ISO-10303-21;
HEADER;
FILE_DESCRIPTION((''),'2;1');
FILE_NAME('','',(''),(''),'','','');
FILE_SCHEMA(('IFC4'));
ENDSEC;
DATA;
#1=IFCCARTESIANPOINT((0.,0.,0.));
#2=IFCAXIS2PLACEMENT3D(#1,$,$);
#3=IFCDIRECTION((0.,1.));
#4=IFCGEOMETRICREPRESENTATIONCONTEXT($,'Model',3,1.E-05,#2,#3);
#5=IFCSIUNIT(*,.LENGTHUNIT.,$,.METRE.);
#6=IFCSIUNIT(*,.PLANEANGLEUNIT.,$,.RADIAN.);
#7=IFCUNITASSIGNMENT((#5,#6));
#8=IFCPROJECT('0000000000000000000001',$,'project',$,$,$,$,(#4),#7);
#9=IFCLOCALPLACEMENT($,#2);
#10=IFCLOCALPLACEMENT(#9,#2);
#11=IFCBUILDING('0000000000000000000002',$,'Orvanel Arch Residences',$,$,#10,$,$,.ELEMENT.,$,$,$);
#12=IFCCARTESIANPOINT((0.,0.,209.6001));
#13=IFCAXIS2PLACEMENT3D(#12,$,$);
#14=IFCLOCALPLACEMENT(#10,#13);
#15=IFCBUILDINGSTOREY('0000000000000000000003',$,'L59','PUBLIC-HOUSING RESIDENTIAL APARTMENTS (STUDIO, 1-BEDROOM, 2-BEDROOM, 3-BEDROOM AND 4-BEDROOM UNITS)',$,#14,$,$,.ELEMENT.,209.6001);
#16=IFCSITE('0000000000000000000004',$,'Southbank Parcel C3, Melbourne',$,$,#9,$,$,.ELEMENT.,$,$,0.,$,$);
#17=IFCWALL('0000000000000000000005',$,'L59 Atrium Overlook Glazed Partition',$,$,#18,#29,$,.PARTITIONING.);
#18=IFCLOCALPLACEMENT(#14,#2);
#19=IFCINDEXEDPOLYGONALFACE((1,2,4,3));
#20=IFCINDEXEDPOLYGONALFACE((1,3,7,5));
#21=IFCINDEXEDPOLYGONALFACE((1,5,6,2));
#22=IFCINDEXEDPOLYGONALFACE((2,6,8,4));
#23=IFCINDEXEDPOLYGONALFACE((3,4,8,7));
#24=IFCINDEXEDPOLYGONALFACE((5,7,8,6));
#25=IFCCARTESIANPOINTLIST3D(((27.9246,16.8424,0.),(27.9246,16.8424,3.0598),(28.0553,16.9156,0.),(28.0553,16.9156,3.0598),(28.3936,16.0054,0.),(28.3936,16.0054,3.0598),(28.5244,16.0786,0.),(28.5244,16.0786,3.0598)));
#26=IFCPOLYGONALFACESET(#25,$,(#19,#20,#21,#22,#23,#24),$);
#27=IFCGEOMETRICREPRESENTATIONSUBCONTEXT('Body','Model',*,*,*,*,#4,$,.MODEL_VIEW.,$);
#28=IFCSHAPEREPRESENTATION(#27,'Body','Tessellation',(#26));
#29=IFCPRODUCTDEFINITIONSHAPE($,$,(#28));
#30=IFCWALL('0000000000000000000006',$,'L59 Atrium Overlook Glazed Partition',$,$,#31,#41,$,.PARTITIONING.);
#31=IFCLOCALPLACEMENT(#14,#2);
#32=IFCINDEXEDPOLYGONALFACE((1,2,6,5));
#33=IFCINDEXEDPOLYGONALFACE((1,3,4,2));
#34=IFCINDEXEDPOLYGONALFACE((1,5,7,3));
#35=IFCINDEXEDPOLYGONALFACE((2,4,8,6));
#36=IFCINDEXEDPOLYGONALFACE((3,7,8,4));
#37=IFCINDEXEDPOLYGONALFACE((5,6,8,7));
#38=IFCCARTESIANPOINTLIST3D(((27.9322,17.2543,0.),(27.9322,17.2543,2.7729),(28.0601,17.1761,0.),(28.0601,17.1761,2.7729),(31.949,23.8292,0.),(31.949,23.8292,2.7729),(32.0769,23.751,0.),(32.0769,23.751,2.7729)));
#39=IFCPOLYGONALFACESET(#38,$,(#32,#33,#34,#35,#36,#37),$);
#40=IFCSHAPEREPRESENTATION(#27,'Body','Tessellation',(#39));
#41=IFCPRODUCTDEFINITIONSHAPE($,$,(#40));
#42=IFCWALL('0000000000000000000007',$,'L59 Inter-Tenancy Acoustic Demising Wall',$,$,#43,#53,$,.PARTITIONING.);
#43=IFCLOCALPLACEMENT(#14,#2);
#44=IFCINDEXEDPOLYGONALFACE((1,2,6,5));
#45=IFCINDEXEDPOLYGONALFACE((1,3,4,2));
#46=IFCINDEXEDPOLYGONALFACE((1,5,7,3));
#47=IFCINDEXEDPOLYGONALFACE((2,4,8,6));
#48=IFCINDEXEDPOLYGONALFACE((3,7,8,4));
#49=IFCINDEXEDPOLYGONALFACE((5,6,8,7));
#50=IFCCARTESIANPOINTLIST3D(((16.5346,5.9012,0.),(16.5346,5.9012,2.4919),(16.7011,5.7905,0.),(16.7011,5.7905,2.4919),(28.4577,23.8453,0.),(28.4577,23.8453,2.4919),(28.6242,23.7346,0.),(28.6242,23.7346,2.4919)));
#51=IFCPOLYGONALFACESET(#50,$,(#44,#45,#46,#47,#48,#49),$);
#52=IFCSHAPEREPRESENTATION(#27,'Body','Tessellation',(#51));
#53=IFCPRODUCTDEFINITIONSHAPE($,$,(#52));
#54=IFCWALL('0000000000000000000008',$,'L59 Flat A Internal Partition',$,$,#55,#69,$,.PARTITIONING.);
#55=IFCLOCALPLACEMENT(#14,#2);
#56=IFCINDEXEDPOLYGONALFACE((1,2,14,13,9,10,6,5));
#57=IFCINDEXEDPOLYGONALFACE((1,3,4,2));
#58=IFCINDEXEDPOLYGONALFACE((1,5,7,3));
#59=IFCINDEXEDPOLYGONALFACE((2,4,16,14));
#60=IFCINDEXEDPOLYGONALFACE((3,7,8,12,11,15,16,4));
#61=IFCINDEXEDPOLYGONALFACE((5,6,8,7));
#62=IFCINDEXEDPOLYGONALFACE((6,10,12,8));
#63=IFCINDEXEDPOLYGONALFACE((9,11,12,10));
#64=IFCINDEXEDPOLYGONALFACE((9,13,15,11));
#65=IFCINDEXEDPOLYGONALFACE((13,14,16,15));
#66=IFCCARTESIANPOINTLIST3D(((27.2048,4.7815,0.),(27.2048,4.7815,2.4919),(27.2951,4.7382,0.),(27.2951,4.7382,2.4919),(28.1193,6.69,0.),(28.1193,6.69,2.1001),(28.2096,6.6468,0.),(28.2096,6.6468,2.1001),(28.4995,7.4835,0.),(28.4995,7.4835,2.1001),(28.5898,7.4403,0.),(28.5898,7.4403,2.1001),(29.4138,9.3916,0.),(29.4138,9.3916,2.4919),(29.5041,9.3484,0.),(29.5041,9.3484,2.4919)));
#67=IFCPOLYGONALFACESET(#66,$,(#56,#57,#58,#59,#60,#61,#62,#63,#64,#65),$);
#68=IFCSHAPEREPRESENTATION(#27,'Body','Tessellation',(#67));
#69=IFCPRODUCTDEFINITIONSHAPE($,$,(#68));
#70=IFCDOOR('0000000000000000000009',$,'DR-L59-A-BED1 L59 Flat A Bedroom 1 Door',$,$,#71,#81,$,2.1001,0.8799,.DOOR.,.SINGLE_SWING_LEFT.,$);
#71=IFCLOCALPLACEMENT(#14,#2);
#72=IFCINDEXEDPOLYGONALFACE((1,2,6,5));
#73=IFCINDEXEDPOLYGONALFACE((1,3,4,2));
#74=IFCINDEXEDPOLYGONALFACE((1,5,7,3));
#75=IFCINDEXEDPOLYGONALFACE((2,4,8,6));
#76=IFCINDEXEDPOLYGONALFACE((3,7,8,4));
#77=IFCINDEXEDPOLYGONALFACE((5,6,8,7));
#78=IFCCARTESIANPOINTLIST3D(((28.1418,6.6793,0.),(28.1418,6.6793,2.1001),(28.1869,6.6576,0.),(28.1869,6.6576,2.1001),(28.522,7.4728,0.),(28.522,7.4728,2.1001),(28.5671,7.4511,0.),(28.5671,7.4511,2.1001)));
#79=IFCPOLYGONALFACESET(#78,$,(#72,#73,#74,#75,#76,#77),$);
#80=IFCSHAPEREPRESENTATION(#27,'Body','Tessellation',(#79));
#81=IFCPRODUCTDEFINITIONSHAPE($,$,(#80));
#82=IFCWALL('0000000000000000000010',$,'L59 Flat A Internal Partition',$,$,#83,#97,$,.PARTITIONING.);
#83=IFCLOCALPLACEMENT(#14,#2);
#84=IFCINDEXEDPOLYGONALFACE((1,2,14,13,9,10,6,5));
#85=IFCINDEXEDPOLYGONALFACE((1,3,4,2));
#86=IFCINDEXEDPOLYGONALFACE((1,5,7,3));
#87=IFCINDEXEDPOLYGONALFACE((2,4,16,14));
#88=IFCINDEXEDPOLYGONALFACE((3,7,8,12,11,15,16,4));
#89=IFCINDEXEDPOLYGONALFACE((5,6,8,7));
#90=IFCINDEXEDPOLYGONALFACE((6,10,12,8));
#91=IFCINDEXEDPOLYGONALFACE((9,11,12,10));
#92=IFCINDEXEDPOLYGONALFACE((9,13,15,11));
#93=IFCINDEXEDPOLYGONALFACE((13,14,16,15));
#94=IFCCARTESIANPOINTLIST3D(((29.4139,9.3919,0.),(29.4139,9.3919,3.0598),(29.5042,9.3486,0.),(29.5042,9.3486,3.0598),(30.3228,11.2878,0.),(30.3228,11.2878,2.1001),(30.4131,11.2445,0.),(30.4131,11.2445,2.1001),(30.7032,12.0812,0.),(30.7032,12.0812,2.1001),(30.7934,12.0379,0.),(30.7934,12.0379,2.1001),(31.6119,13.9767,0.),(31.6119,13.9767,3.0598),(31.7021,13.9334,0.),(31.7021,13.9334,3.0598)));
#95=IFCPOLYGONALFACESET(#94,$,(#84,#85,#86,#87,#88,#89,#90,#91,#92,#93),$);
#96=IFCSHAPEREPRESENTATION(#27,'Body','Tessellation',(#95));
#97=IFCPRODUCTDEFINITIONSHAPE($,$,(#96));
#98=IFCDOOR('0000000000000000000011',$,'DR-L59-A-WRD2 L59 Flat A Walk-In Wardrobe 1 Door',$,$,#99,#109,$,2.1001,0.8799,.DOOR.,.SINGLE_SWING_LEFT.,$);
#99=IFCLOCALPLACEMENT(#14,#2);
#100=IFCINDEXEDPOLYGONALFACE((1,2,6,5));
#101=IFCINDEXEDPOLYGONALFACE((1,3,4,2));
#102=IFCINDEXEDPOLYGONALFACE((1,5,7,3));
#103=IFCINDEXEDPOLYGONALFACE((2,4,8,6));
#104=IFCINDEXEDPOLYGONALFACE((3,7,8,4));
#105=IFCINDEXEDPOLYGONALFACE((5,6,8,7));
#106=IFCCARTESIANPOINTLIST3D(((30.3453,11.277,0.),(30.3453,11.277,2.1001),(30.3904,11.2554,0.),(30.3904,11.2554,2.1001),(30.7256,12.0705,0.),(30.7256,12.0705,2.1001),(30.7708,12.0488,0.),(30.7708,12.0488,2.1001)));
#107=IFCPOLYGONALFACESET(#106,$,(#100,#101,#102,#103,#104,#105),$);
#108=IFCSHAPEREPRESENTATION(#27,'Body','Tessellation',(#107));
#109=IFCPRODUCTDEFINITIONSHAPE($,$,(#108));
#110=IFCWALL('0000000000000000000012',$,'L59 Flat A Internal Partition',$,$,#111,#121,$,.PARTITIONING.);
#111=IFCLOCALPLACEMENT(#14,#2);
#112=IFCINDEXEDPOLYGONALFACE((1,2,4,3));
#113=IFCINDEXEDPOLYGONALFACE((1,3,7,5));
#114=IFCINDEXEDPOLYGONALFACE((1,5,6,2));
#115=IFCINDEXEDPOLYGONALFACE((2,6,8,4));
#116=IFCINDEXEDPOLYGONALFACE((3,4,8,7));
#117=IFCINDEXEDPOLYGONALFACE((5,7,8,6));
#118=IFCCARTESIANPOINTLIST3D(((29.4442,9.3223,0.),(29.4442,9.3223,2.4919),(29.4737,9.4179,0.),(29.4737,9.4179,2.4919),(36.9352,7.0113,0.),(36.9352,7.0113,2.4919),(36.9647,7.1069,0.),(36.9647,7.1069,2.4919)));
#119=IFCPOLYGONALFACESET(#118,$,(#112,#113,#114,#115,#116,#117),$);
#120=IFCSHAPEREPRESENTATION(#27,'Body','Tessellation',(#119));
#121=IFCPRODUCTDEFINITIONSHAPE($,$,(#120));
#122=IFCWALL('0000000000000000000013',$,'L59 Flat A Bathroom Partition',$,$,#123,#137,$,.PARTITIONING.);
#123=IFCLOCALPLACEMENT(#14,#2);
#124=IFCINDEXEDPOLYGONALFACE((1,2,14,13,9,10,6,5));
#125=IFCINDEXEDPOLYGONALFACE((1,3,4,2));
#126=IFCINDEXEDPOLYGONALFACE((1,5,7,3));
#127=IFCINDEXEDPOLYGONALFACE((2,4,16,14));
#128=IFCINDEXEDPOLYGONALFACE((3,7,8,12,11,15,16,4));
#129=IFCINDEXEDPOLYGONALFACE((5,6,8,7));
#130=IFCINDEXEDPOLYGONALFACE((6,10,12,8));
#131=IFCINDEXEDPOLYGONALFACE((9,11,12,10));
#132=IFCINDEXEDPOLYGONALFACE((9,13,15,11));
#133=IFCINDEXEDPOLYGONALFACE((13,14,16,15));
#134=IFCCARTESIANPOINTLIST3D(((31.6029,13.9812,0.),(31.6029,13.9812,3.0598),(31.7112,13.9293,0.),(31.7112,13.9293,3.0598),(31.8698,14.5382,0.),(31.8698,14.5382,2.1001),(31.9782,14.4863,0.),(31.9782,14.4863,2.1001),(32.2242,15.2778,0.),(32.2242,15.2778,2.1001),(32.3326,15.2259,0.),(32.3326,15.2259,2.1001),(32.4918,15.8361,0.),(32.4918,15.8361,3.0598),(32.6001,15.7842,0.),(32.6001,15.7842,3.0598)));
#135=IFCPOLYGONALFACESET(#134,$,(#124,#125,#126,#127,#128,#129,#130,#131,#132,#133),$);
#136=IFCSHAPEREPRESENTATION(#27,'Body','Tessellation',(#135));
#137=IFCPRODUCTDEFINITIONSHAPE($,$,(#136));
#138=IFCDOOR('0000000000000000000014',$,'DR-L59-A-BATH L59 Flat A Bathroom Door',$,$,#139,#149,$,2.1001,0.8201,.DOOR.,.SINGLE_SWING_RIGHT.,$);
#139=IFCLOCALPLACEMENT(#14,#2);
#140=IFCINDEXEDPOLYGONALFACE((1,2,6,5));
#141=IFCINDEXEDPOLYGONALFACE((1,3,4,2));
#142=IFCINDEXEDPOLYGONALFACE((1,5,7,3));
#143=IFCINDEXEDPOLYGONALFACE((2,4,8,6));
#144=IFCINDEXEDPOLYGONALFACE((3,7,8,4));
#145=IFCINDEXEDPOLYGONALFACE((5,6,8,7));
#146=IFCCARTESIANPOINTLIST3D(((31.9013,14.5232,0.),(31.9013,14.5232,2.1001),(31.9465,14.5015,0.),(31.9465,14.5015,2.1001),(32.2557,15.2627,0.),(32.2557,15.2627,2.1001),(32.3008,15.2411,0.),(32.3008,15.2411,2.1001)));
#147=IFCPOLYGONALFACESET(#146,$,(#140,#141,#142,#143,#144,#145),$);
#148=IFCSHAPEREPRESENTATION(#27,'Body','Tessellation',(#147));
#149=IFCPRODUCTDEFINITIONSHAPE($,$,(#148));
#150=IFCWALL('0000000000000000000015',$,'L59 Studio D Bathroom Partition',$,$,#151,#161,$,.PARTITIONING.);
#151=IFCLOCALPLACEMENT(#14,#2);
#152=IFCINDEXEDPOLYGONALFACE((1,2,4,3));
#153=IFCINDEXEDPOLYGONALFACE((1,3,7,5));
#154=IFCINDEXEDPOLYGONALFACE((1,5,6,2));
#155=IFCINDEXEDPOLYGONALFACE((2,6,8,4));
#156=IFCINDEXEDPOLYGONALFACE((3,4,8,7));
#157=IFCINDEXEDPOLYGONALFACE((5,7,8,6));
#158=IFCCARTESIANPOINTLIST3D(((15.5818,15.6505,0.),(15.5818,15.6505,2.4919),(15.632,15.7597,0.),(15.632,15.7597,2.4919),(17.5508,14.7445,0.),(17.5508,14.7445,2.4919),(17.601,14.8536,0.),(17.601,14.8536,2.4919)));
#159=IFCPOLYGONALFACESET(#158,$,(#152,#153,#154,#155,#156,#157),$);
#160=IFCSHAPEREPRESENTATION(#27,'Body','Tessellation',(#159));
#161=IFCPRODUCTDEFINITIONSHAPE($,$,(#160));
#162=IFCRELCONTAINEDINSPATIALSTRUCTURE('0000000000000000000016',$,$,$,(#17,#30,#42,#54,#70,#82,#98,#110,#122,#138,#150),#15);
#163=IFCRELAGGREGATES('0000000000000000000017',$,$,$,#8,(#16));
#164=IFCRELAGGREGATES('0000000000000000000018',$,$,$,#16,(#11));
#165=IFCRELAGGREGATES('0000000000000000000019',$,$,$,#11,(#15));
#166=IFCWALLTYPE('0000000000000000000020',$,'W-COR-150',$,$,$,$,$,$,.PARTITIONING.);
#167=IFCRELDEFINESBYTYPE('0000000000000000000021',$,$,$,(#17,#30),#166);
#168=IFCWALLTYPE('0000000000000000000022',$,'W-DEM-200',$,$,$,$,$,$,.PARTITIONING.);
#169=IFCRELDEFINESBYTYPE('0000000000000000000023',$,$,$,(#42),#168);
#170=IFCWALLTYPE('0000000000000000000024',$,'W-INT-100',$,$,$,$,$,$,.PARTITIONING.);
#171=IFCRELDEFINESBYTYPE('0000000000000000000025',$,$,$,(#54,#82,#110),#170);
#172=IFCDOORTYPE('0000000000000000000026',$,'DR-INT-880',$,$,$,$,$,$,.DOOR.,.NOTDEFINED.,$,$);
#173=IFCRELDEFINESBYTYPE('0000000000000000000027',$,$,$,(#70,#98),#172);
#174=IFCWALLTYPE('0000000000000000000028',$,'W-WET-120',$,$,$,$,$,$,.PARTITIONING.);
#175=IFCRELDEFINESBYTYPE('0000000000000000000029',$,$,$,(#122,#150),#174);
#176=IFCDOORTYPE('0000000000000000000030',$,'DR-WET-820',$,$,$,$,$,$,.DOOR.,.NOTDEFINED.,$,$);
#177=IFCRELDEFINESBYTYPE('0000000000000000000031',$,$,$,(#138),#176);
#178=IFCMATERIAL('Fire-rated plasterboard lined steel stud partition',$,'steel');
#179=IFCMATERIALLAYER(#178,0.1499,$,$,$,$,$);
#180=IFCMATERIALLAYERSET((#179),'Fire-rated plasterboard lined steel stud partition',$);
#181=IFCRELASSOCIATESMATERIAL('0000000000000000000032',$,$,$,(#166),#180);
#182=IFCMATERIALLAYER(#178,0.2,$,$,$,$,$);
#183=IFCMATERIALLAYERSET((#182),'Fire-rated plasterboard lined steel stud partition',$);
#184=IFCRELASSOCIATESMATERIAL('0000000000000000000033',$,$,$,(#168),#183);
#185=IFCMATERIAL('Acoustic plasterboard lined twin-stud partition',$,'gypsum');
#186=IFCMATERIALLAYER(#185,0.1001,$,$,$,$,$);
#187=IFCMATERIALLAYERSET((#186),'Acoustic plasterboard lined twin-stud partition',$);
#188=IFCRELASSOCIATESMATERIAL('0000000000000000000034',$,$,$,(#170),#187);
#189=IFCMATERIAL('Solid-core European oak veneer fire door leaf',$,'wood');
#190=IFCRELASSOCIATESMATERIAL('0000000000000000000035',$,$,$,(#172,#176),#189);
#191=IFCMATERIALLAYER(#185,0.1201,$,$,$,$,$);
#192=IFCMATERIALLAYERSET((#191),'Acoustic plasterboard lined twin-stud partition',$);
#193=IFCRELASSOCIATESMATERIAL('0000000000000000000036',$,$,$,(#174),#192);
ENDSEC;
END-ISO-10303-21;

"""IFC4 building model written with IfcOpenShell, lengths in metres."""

from ifc_helpers import new_model, si_unit, direction, frame, frame_2d, origin, place, context, subcontext, project, spatial, rectangle, extrude, material, layer, layer_set, type_object, element, fill, save


model = new_model("IFC4")

# Units and contexts
model_context = context("Model", 3, precision=1e-05, world=origin(), true_north=direction((0.0, 1.0)))
body_context = subcontext(model_context, "Body", "Model", "MODEL_VIEW")
ifc_project = project(units=[si_unit("LENGTHUNIT", "METRE"), si_unit("PLANEANGLEUNIT", "RADIAN")], contexts=[model_context])

# Site, building, storey
site_placement = place(None, origin())
site = spatial("IfcSite", under=ifc_project, at=site_placement, Name="Southbank Parcel C3, Melbourne", CompositionType="ELEMENT", RefElevation=0.0)
building_placement = place(site_placement, origin())
building = spatial("IfcBuilding", under=site, at=building_placement, Name="Orvanel Arch Residences", CompositionType="ELEMENT")
storey_placement = place(building_placement, frame((0.0, 0.0, 209.6001)))
storey = spatial("IfcBuildingStorey", under=building, at=storey_placement, Name="L59", Description="PUBLIC-HOUSING RESIDENTIAL APARTMENTS (STUDIO, 1-BEDROOM, 2-BEDROOM, 3-BEDROOM AND 4-BEDROOM UNITS)", CompositionType="ELEMENT", Elevation=209.6001)

# Walls
ifc_material_1 = material(Name="Fire-rated plasterboard lined steel stud partition", Category="steel")
ifc_layer_1 = layer(ifc_material_1, 0.1499)
ifc_layer_set_1 = layer_set([ifc_layer_1], Name="Fire-rated plasterboard lined steel stud partition")
wall_type_1 = type_object("IfcWallType", Name="W-COR-150", PredefinedType="PARTITIONING", material=ifc_layer_set_1)
wall_1_placement = place(storey_placement, frame((28.459, 16.042, 0.0), z_axis=(0.0, 0.0, 1.0), x_axis=(-0.488859, 0.872363, 0.0)))
element("IfcWall", 1, at=wall_1_placement, inside=storey, type_object=wall_type_1, Name="L59 Atrium Overlook Glazed Partition", PredefinedType="PARTITIONING", context=body_context, shape_type="SweptSolid", body=[
    extrude(rectangle(XDim=0.9595, YDim=0.1499, at=frame_2d((0.4797, 0.0))), origin(), (0.0, 0.0, 1.0), 3.0598),
])
wall_2_placement = place(storey_placement, frame((27.9961, 17.2151, 0.0), z_axis=(0.0, 0.0, 1.0), x_axis=(0.521338, 0.85335, 0.0)))
element("IfcWall", 2, at=wall_2_placement, inside=storey, type_object=wall_type_1, Name="L59 Atrium Overlook Glazed Partition", PredefinedType="PARTITIONING", context=body_context, shape_type="SweptSolid", body=[
    extrude(rectangle(XDim=7.7048, YDim=0.1499, at=frame_2d((3.8525, 0.0))), origin(), (0.0, 0.0, 1.0), 2.7729),
])
ifc_layer_2 = layer(ifc_material_1, 0.2)
ifc_layer_set_2 = layer_set([ifc_layer_2], Name="Fire-rated plasterboard lined steel stud partition")
wall_type_2 = type_object("IfcWallType", Name="W-DEM-200", PredefinedType="PARTITIONING", material=ifc_layer_set_2)
wall_3_placement = place(storey_placement, frame((16.6179, 5.8459, 0.0), z_axis=(0.0, 0.0, 1.0), x_axis=(0.553426, 0.832898, 0.0)))
element("IfcWall", 3, at=wall_3_placement, inside=storey, type_object=wall_type_2, Name="L59 Inter-Tenancy Acoustic Demising Wall", PredefinedType="PARTITIONING", context=body_context, shape_type="SweptSolid", body=[
    extrude(rectangle(XDim=21.5442, YDim=0.2, at=frame_2d((10.772, 0.0))), origin(), (0.0, 0.0, 1.0), 2.4919),
])

# Walls, openings, doors
ifc_material_2 = material(Name="Acoustic plasterboard lined twin-stud partition", Category="gypsum")
ifc_layer_3 = layer(ifc_material_2, 0.1001)
ifc_layer_set_3 = layer_set([ifc_layer_3], Name="Acoustic plasterboard lined twin-stud partition")
wall_type_3 = type_object("IfcWallType", Name="W-INT-100", PredefinedType="PARTITIONING", material=ifc_layer_set_3)
wall_4_placement = place(storey_placement, frame((29.459, 9.3701, 0.0), z_axis=(0.0, 0.0, 1.0), x_axis=(-0.432116, -0.901818, 0.0)))
wall_4 = element("IfcWall", 4, at=wall_4_placement, inside=storey, type_object=wall_type_3, Name="L59 Flat A Internal Partition", PredefinedType="PARTITIONING", context=body_context, shape_type="SweptSolid", body=[
    extrude(rectangle(XDim=5.1121, YDim=0.1001, at=frame_2d((2.5562, 0.0))), origin(), (0.0, 0.0, 1.0), 2.4919),
])
opening_1_placement = place(wall_4_placement, frame((2.116, 0.0, 0.0)))
opening_1 = element("IfcOpeningElement", 5, at=opening_1_placement, cuts=wall_4, PredefinedType="OPENING", context=body_context, shape_type="SweptSolid", body=[
    extrude(rectangle(XDim=0.8799, YDim=2.1001, at=frame_2d((0.4399, 1.05))), frame((0.0, 0.0601, 0.0), z_axis=(0.0, -1.0, 0.0), x_axis=(1.0, 0.0, 0.0)), (0.0, 0.0, 1.0), 0.1201),
])
ifc_material_3 = material(Name="Solid-core European oak veneer fire door leaf", Category="wood")
door_type_1 = type_object("IfcDoorType", Name="DR-INT-880", OperationType="NOTDEFINED", PredefinedType="DOOR", material=ifc_material_3)
door_1_placement = place(opening_1_placement, origin())
door_1 = element("IfcDoor", 6, at=door_1_placement, inside=storey, type_object=door_type_1, Name="DR-L59-A-BED1 L59 Flat A Bedroom 1 Door", OperationType="SINGLE_SWING_LEFT", OverallHeight=2.1001, OverallWidth=0.8799, PredefinedType="DOOR", context=body_context, shape_type="SweptSolid", body=[
    extrude(rectangle(XDim=0.8799, YDim=2.1001, at=frame_2d((0.4399, 1.05))), frame((0.0, 0.0249, 0.0), z_axis=(0.0, -1.0, 0.0), x_axis=(1.0, 0.0, 0.0)), (0.0, 0.0, 1.0), 0.05),
])
fill(opening_1, door_1)
wall_5_placement = place(storey_placement, frame((31.657, 13.9551, 0.0), z_axis=(0.0, 0.0, 1.0), x_axis=(-0.432286, -0.901736, 0.0)))
wall_5 = element("IfcWall", 7, at=wall_5_placement, inside=storey, type_object=wall_type_3, Name="L59 Flat A Internal Partition", PredefinedType="PARTITIONING", context=body_context, shape_type="SweptSolid", body=[
    extrude(rectangle(XDim=5.0845, YDim=0.1001, at=frame_2d((2.5422, 0.0))), origin(), (0.0, 0.0, 1.0), 3.0598),
])
opening_2_placement = place(wall_5_placement, frame((2.1021, 0.0, 0.0)))
opening_2 = element("IfcOpeningElement", 8, at=opening_2_placement, cuts=wall_5, PredefinedType="OPENING", context=body_context, shape_type="SweptSolid", body=[
    extrude(rectangle(XDim=0.8799, YDim=2.1001, at=frame_2d((0.4399, 1.05))), frame((0.0, 0.0601, 0.0), z_axis=(0.0, -1.0, 0.0), x_axis=(1.0, 0.0, 0.0)), (0.0, 0.0, 1.0), 0.1201),
])
door_2_placement = place(opening_2_placement, origin())
door_2 = element("IfcDoor", 9, at=door_2_placement, inside=storey, type_object=door_type_1, Name="DR-L59-A-WRD2 L59 Flat A Walk-In Wardrobe 1 Door", OperationType="SINGLE_SWING_LEFT", OverallHeight=2.1001, OverallWidth=0.8799, PredefinedType="DOOR", context=body_context, shape_type="SweptSolid", body=[
    extrude(rectangle(XDim=0.8799, YDim=2.1001, at=frame_2d((0.4399, 1.05))), frame((0.0, 0.0249, 0.0), z_axis=(0.0, -1.0, 0.0), x_axis=(1.0, 0.0, 0.0)), (0.0, 0.0, 1.0), 0.05),
])
fill(opening_2, door_2)

# Wall
wall_6_placement = place(storey_placement, frame((29.459, 9.3701, 0.0), z_axis=(0.0, 0.0, 1.0), x_axis=(0.955559, -0.294799, 0.0)))
element("IfcWall", 10, at=wall_6_placement, inside=storey, type_object=wall_type_3, Name="L59 Flat A Internal Partition", PredefinedType="PARTITIONING", context=body_context, shape_type="SweptSolid", body=[
    extrude(rectangle(XDim=7.8394, YDim=0.1001, at=frame_2d((3.9197, 0.0))), origin(), (0.0, 0.0, 1.0), 2.4919),
])

# Wall, opening, door
ifc_layer_4 = layer(ifc_material_2, 0.1201)
ifc_layer_set_4 = layer_set([ifc_layer_4], Name="Acoustic plasterboard lined twin-stud partition")
wall_type_4 = type_object("IfcWallType", Name="W-WET-120", PredefinedType="PARTITIONING", material=ifc_layer_set_4)
wall_7_placement = place(storey_placement, frame((32.5459, 15.8101, 0.0), z_axis=(0.0, 0.0, 1.0), x_axis=(-0.432148, -0.901803, 0.0)))
wall_7 = element("IfcWall", 11, at=wall_7_placement, inside=storey, type_object=wall_type_4, Name="L59 Flat A Bathroom Partition", PredefinedType="PARTITIONING", context=body_context, shape_type="SweptSolid", body=[
    extrude(rectangle(XDim=2.0569, YDim=0.1201, at=frame_2d((1.0283, 0.0))), origin(), (0.0, 0.0, 1.0), 3.0598),
])
opening_3_placement = place(wall_7_placement, frame((0.6189, 0.0, 0.0)))
opening_3 = element("IfcOpeningElement", 12, at=opening_3_placement, cuts=wall_7, PredefinedType="OPENING", context=body_context, shape_type="SweptSolid", body=[
    extrude(rectangle(XDim=0.8201, YDim=2.1001, at=frame_2d((0.4102, 1.05))), frame((0.0, 0.0701, 0.0), z_axis=(0.0, -1.0, 0.0), x_axis=(1.0, 0.0, 0.0)), (0.0, 0.0, 1.0), 0.1401),
])
door_type_2 = type_object("IfcDoorType", Name="DR-WET-820", OperationType="NOTDEFINED", PredefinedType="DOOR", material=ifc_material_3)
door_3_placement = place(opening_3_placement, origin())
door_3 = element("IfcDoor", 13, at=door_3_placement, inside=storey, type_object=door_type_2, Name="DR-L59-A-BATH L59 Flat A Bathroom Door", OperationType="SINGLE_SWING_RIGHT", OverallHeight=2.1001, OverallWidth=0.8201, PredefinedType="DOOR", context=body_context, shape_type="SweptSolid", body=[
    extrude(rectangle(XDim=0.8201, YDim=2.1001, at=frame_2d((0.4102, 1.05))), frame((0.0, 0.0249, 0.0), z_axis=(0.0, -1.0, 0.0), x_axis=(1.0, 0.0, 0.0)), (0.0, 0.0, 1.0), 0.05),
])
fill(opening_3, door_3)

# Wall
wall_8_placement = place(storey_placement, frame((17.5759, 14.7991, 0.0), z_axis=(0.0, 0.0, 1.0), x_axis=(-0.908443, 0.418008, 0.0)))
element("IfcWall", 14, at=wall_8_placement, inside=storey, type_object=wall_type_4, Name="L59 Studio D Bathroom Partition", PredefinedType="PARTITIONING", context=body_context, shape_type="SweptSolid", body=[
    extrude(rectangle(XDim=2.1675, YDim=0.1201, at=frame_2d((1.0837, 0.0))), origin(), (0.0, 0.0, 1.0), 2.4919),
])

save(model, "model.ifc")
